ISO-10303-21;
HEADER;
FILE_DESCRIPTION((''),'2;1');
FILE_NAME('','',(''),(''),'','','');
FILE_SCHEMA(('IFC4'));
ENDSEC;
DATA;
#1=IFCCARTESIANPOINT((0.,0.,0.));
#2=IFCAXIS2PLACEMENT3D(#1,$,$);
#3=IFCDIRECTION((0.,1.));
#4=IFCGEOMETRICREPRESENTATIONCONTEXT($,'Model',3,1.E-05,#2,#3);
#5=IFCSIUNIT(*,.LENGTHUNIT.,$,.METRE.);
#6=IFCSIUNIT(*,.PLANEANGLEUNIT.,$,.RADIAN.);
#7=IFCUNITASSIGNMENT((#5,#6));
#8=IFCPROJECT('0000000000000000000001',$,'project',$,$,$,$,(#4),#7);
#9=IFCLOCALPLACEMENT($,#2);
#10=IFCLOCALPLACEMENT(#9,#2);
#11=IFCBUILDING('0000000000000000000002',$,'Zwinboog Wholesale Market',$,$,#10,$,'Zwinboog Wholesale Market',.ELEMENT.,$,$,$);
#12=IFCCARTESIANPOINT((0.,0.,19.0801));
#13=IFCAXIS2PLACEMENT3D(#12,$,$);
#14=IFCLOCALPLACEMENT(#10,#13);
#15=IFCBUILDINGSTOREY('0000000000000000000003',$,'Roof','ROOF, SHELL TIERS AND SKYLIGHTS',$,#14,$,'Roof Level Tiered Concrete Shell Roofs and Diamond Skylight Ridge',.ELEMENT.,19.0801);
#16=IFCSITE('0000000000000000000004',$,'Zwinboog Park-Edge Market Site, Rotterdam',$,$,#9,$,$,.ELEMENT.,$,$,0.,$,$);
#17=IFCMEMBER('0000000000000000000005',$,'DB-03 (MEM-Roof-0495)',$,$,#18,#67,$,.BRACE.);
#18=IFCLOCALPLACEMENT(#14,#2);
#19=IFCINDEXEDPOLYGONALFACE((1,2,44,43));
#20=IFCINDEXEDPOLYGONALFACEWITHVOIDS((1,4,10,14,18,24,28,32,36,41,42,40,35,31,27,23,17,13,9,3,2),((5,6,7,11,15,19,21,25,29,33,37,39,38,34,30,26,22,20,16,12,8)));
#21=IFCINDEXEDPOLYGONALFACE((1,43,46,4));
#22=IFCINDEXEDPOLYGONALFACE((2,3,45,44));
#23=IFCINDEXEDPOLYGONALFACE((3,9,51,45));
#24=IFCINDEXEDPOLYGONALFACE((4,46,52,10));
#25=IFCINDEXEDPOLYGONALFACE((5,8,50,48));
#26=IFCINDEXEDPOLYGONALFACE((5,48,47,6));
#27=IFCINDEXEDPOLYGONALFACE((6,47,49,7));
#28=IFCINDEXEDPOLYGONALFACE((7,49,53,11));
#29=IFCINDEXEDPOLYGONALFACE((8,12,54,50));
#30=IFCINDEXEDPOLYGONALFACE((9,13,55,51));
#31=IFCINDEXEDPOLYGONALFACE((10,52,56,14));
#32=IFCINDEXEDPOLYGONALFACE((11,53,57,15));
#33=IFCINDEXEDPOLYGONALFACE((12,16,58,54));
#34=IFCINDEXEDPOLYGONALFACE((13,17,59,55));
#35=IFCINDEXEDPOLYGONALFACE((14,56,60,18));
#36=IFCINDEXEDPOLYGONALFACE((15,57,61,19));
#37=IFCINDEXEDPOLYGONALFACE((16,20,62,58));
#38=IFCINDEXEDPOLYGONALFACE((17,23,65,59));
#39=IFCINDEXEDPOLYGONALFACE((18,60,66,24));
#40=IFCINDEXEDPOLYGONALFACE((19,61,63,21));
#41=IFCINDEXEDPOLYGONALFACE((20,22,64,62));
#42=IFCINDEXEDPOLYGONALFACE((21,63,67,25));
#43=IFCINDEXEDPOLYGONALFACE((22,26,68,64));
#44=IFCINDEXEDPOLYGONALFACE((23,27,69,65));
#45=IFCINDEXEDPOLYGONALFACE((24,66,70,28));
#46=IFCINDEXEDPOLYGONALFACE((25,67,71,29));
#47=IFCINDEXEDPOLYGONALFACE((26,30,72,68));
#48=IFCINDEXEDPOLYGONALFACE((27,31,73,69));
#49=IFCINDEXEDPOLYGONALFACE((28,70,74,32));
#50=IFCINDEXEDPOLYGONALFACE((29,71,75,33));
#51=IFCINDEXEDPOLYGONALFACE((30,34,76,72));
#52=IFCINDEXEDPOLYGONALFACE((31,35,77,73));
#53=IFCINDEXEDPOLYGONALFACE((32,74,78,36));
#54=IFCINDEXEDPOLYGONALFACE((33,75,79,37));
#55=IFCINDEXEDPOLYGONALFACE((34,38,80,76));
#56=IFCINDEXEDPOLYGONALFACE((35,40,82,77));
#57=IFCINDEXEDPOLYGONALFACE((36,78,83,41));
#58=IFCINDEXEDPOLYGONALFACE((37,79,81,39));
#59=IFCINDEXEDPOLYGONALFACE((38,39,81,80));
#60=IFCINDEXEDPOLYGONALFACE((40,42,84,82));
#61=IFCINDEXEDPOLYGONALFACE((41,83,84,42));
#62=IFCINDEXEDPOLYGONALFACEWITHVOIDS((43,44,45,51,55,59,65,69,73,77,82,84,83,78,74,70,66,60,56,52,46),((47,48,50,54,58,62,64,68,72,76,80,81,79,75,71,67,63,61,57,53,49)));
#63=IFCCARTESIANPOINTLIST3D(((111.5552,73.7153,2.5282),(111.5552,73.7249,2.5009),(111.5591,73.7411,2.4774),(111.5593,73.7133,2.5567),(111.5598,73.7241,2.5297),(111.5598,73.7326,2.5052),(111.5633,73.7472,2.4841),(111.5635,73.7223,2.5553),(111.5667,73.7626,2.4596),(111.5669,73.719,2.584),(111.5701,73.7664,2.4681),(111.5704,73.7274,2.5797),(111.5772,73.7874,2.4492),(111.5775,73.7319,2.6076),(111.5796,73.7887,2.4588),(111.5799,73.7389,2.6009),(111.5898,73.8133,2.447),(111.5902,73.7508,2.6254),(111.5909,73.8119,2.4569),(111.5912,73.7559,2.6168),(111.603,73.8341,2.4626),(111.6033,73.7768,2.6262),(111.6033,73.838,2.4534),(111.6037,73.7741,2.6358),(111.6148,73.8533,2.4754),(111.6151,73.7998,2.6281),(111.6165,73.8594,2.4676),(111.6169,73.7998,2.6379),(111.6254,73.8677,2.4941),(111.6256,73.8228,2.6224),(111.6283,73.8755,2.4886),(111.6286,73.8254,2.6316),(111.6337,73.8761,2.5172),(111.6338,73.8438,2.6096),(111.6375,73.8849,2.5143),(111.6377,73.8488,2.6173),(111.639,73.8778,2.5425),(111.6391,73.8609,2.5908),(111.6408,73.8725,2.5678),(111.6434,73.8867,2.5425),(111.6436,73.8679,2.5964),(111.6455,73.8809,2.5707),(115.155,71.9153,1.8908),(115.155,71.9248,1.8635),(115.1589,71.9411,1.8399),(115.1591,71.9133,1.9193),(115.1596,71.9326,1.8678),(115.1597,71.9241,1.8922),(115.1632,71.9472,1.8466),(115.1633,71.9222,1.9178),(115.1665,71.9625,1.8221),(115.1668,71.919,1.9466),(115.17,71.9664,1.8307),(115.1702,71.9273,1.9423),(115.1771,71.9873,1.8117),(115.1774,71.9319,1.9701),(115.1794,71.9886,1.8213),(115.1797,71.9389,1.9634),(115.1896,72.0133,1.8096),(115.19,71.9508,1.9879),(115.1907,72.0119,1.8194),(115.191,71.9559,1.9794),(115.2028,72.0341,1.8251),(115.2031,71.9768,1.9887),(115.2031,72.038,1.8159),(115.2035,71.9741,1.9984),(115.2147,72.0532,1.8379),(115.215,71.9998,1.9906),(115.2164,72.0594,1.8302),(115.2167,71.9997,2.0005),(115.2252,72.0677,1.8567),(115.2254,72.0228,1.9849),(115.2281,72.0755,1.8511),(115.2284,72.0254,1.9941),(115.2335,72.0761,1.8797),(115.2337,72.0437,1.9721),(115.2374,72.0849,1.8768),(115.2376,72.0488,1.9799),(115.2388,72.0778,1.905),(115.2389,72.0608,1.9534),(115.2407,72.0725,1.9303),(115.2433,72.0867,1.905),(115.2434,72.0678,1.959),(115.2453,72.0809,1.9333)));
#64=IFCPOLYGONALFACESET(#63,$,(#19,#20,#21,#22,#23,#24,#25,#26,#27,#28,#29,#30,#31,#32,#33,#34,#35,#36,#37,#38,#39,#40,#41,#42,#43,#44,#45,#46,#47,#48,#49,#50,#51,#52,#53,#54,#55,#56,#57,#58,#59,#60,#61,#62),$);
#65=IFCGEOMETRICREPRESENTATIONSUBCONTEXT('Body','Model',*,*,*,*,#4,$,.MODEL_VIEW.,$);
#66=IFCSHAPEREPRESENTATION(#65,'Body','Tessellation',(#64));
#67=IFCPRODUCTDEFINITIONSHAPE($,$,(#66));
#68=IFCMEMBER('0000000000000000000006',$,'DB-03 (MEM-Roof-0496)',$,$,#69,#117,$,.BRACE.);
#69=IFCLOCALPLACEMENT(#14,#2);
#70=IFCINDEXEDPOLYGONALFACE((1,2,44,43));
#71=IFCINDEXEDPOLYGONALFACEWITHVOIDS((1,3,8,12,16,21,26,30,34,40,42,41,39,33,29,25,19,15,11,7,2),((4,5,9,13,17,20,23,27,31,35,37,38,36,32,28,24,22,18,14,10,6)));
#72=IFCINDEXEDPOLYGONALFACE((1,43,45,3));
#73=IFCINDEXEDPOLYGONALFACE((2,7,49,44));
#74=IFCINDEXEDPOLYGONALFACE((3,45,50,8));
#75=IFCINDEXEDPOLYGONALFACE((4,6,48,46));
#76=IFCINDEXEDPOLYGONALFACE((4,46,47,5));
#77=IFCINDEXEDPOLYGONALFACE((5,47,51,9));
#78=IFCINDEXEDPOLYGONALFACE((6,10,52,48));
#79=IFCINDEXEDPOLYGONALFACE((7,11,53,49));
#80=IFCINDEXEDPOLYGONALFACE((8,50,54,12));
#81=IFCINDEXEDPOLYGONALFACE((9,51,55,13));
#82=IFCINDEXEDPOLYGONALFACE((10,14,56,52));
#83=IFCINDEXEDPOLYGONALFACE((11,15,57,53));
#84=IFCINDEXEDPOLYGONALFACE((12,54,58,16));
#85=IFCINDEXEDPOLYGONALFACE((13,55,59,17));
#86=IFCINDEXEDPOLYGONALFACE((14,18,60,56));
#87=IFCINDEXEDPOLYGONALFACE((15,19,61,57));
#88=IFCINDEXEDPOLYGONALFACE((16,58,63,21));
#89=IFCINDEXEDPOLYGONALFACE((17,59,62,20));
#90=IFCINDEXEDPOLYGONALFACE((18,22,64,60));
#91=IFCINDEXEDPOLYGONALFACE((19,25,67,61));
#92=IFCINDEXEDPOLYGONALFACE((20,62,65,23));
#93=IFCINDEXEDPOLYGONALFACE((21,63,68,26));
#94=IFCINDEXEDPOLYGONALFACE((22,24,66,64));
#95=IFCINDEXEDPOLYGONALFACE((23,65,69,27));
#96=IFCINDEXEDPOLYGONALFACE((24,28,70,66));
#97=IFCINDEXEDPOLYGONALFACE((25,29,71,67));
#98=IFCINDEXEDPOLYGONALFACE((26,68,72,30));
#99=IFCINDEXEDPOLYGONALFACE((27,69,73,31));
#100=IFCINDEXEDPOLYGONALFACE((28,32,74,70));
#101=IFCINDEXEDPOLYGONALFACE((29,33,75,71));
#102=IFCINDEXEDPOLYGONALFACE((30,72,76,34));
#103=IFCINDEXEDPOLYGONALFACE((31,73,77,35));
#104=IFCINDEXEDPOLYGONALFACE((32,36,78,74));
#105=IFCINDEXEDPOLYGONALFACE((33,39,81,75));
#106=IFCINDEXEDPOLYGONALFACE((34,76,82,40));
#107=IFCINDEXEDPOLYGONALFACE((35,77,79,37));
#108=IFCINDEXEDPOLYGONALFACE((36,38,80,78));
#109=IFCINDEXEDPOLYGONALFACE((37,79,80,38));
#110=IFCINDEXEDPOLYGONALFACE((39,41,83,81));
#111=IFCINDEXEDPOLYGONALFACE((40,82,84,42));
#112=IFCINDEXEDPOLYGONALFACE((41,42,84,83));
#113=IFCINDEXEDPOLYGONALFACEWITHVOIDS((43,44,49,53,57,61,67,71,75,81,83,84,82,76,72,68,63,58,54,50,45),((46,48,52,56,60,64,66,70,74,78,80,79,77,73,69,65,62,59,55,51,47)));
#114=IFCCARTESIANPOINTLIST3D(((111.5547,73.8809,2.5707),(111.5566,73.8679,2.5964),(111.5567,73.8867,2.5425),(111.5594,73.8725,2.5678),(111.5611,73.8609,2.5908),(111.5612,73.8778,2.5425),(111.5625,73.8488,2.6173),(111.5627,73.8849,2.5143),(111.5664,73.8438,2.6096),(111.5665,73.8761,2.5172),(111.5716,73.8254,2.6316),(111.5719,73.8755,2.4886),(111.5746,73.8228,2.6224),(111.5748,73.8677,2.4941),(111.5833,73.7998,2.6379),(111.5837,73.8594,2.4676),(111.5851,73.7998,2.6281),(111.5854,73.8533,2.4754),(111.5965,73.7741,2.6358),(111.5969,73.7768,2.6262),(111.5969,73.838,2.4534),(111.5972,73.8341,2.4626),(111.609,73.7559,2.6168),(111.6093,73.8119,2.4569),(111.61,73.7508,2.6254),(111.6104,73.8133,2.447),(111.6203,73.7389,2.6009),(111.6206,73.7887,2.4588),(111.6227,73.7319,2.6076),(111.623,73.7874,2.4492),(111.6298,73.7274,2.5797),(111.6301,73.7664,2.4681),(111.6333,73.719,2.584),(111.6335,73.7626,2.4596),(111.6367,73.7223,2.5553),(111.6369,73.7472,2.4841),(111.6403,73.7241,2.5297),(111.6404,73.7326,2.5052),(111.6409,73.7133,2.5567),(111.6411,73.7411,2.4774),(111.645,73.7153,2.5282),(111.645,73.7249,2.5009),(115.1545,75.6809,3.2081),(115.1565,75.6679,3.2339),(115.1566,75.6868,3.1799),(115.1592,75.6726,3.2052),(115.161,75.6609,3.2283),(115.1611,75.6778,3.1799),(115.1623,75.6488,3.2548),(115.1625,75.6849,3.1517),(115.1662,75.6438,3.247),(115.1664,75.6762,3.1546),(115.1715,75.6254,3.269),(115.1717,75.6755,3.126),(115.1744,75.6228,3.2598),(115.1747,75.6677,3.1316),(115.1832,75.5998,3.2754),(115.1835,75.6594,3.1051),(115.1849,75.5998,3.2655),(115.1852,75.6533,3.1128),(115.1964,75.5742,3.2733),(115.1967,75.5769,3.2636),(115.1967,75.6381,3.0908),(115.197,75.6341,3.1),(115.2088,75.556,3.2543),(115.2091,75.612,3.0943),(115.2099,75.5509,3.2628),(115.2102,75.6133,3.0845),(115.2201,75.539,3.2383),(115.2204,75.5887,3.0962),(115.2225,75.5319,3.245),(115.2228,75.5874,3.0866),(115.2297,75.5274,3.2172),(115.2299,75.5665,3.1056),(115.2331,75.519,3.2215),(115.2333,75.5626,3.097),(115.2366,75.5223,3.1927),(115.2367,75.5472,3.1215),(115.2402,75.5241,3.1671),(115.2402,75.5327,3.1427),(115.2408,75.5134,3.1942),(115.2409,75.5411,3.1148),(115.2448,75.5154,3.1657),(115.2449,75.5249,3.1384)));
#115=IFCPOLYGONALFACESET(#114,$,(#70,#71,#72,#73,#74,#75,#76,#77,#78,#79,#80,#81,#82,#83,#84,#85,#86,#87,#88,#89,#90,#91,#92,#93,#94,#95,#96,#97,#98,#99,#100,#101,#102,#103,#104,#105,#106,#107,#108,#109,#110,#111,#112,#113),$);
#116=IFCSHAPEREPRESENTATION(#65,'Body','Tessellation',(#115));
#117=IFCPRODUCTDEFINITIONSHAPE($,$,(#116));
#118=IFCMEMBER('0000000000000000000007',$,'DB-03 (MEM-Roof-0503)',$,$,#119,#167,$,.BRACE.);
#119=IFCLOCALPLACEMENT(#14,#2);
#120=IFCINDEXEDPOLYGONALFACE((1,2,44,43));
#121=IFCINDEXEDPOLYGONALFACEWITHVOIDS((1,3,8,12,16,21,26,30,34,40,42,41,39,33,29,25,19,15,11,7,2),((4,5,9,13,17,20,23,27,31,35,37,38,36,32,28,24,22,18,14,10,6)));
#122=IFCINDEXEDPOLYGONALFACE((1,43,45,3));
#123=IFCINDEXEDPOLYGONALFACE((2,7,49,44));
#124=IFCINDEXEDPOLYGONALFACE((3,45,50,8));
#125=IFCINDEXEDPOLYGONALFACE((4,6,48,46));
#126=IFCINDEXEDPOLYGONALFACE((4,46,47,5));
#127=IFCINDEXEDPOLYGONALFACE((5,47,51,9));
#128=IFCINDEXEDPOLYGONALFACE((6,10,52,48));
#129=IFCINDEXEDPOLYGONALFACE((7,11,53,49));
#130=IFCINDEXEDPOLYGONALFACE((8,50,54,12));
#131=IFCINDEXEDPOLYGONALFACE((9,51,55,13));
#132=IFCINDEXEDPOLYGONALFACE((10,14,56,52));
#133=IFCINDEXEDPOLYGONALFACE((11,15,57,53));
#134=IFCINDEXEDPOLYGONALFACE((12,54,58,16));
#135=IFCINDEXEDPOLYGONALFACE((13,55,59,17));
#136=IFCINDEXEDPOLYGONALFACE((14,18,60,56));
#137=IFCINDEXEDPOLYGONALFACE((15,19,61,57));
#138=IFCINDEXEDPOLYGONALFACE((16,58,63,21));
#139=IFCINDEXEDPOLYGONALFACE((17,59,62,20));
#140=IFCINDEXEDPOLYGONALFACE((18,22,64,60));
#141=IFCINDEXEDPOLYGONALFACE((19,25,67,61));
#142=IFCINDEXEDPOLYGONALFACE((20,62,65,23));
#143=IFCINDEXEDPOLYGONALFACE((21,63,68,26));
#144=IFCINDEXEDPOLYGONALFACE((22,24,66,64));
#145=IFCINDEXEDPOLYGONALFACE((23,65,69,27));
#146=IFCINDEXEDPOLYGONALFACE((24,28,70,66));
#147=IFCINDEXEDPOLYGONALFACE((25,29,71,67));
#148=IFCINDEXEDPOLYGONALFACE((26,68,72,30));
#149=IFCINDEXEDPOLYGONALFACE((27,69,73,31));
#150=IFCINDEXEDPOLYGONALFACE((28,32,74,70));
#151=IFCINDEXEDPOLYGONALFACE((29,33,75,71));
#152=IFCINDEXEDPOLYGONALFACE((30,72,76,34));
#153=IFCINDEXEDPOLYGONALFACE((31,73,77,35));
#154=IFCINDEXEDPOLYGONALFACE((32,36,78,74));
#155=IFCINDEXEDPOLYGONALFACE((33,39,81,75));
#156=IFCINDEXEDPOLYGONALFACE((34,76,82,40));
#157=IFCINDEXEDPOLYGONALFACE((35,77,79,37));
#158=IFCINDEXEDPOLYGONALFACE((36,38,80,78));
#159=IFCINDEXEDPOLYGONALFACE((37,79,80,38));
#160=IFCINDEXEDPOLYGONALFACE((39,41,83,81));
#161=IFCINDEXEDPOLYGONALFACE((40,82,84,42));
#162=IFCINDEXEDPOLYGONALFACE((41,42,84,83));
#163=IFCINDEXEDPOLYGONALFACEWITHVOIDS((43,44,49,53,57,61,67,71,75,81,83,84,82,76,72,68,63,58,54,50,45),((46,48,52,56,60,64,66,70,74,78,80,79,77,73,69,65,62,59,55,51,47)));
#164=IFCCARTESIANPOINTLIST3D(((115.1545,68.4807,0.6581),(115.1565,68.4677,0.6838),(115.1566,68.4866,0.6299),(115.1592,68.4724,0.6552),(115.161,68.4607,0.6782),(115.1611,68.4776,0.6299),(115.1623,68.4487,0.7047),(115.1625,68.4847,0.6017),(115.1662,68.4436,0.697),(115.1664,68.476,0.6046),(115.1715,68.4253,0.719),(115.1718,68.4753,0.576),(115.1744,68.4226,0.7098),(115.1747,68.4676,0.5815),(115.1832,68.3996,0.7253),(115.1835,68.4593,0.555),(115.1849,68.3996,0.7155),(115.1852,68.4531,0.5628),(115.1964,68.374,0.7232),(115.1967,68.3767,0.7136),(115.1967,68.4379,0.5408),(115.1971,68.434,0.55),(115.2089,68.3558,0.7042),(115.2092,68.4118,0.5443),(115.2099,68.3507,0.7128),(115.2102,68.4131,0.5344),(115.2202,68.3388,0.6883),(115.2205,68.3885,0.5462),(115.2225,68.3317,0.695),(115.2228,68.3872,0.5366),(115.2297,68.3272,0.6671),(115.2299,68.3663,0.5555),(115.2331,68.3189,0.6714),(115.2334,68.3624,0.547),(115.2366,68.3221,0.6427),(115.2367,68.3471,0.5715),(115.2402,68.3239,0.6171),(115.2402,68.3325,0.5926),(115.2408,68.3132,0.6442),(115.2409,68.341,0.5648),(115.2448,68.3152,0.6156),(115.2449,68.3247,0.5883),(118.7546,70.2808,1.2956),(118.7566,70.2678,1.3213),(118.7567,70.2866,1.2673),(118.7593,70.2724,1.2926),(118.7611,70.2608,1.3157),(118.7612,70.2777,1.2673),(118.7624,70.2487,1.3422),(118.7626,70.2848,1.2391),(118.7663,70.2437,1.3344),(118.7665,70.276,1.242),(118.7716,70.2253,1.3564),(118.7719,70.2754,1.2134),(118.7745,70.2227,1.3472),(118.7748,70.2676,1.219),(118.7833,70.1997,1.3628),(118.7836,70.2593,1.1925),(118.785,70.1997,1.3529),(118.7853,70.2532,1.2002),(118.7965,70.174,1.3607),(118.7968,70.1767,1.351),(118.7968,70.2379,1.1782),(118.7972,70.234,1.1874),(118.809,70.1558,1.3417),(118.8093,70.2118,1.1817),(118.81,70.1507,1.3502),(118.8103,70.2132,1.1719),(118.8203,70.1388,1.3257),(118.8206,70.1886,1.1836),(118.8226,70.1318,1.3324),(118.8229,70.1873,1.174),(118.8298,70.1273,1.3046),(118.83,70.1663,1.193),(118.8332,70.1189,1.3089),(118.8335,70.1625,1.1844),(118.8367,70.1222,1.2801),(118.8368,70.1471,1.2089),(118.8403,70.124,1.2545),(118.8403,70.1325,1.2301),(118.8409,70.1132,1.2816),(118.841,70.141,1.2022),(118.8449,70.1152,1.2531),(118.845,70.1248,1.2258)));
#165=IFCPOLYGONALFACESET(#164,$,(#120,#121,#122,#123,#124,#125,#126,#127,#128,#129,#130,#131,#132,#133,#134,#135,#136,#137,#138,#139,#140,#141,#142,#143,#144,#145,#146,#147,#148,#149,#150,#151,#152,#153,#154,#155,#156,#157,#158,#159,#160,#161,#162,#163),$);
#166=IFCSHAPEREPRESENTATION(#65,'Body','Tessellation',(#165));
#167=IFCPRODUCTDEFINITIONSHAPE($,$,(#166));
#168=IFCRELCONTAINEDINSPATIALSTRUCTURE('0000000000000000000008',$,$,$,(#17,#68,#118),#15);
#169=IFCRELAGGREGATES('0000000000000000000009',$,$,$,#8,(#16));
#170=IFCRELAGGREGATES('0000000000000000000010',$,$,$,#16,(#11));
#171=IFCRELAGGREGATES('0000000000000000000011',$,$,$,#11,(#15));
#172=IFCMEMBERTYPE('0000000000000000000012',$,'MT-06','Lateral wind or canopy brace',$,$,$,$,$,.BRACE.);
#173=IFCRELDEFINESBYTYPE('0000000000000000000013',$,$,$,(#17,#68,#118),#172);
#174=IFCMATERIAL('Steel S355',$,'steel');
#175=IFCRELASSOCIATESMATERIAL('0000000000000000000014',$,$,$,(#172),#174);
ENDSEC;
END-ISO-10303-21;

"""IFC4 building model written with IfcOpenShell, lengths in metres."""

from ifc_helpers import new_model, si_unit, direction, frame, origin, origin_2d, place, context, subcontext, project, spatial, hollow_circle, extrude, material, material_profile, profile_set, type_object, element, save


model = new_model("IFC4")

# Units and contexts
model_context = context("Model", 3, precision=1e-05, world=origin(), true_north=direction((0.0, 1.0)))
body_context = subcontext(model_context, "Body", "Model", "MODEL_VIEW")
ifc_project = project(units=[si_unit("LENGTHUNIT", "METRE"), si_unit("PLANEANGLEUNIT", "RADIAN")], contexts=[model_context])

# Site, building, storey
site_placement = place(None, origin())
site = spatial("IfcSite", under=ifc_project, at=site_placement, Name="Zwinboog Park-Edge Market Site, Rotterdam", CompositionType="ELEMENT", RefElevation=0.0)
building_placement = place(site_placement, origin())
building = spatial("IfcBuilding", under=site, at=building_placement, Name="Zwinboog Wholesale Market", LongName="Zwinboog Wholesale Market", CompositionType="ELEMENT")
storey_placement = place(building_placement, frame((0.0, 0.0, 19.0801)))
storey = spatial("IfcBuildingStorey", under=building, at=storey_placement, Name="Roof", Description="ROOF, SHELL TIERS AND SKYLIGHTS", LongName="Roof Level Tiered Concrete Shell Roofs and Diamond Skylight Ridge", CompositionType="ELEMENT", Elevation=19.0801)

# Members
ifc_material_1 = material(Name="Steel S355", Category="steel")
ifc_material_profile_1 = material_profile(ifc_material_1, hollow_circle(Radius=0.0969, WallThickness=0.01, at=origin_2d()), Name="CHS 193.7x10")
ifc_profile_set_1 = profile_set([ifc_material_profile_1], Name="Steel S355")
member_type_1 = type_object("IfcMemberType", Name="MT-06", Description="Lateral wind or canopy brace", PredefinedType="BRACE", material=ifc_profile_set_1)
for number, where, z_axis, x_axis, name in (
    (1, (111.6001, 73.8, 2.5425), (0.883404, -0.441732, -0.15643), (0.447238, 0.894415, 0.0), "DB-03 (MEM-Roof-0495)"),
    (2, (111.6001, 73.8, 2.5425), (0.883404, 0.441732, 0.15643), (-0.447238, 0.894415, 0.0), "DB-03 (MEM-Roof-0496)"),
):
    element("IfcMember", number, at=place(storey_placement, frame(where, z_axis=z_axis, x_axis=x_axis)), inside=storey, type_object=member_type_1, Name=name, PredefinedType="BRACE", context=body_context, shape_type="SweptSolid", body=[
        extrude(hollow_circle(Radius=0.0969, WallThickness=0.01, at=origin_2d()), origin(), (0.0, 0.0, 1.0), 4.075),
    ])
for number, where, z_axis, x_axis, name in (
    (3, (115.2, 68.3999, 0.6299), (0.883417, 0.441709, 0.156422), (-0.447214, 0.894427, 0.0), "DB-03 (MEM-Roof-0503)"),
):
    element("IfcMember", number, at=place(storey_placement, frame(where, z_axis=z_axis, x_axis=x_axis)), inside=storey, type_object=member_type_1, Name=name, PredefinedType="BRACE", context=body_context, shape_type="SweptSolid", body=[
        extrude(hollow_circle(Radius=0.0969, WallThickness=0.01, at=origin_2d()), origin(), (0.0, 0.0, 1.0), 4.0752),
    ])

save(model, "model.ifc")
